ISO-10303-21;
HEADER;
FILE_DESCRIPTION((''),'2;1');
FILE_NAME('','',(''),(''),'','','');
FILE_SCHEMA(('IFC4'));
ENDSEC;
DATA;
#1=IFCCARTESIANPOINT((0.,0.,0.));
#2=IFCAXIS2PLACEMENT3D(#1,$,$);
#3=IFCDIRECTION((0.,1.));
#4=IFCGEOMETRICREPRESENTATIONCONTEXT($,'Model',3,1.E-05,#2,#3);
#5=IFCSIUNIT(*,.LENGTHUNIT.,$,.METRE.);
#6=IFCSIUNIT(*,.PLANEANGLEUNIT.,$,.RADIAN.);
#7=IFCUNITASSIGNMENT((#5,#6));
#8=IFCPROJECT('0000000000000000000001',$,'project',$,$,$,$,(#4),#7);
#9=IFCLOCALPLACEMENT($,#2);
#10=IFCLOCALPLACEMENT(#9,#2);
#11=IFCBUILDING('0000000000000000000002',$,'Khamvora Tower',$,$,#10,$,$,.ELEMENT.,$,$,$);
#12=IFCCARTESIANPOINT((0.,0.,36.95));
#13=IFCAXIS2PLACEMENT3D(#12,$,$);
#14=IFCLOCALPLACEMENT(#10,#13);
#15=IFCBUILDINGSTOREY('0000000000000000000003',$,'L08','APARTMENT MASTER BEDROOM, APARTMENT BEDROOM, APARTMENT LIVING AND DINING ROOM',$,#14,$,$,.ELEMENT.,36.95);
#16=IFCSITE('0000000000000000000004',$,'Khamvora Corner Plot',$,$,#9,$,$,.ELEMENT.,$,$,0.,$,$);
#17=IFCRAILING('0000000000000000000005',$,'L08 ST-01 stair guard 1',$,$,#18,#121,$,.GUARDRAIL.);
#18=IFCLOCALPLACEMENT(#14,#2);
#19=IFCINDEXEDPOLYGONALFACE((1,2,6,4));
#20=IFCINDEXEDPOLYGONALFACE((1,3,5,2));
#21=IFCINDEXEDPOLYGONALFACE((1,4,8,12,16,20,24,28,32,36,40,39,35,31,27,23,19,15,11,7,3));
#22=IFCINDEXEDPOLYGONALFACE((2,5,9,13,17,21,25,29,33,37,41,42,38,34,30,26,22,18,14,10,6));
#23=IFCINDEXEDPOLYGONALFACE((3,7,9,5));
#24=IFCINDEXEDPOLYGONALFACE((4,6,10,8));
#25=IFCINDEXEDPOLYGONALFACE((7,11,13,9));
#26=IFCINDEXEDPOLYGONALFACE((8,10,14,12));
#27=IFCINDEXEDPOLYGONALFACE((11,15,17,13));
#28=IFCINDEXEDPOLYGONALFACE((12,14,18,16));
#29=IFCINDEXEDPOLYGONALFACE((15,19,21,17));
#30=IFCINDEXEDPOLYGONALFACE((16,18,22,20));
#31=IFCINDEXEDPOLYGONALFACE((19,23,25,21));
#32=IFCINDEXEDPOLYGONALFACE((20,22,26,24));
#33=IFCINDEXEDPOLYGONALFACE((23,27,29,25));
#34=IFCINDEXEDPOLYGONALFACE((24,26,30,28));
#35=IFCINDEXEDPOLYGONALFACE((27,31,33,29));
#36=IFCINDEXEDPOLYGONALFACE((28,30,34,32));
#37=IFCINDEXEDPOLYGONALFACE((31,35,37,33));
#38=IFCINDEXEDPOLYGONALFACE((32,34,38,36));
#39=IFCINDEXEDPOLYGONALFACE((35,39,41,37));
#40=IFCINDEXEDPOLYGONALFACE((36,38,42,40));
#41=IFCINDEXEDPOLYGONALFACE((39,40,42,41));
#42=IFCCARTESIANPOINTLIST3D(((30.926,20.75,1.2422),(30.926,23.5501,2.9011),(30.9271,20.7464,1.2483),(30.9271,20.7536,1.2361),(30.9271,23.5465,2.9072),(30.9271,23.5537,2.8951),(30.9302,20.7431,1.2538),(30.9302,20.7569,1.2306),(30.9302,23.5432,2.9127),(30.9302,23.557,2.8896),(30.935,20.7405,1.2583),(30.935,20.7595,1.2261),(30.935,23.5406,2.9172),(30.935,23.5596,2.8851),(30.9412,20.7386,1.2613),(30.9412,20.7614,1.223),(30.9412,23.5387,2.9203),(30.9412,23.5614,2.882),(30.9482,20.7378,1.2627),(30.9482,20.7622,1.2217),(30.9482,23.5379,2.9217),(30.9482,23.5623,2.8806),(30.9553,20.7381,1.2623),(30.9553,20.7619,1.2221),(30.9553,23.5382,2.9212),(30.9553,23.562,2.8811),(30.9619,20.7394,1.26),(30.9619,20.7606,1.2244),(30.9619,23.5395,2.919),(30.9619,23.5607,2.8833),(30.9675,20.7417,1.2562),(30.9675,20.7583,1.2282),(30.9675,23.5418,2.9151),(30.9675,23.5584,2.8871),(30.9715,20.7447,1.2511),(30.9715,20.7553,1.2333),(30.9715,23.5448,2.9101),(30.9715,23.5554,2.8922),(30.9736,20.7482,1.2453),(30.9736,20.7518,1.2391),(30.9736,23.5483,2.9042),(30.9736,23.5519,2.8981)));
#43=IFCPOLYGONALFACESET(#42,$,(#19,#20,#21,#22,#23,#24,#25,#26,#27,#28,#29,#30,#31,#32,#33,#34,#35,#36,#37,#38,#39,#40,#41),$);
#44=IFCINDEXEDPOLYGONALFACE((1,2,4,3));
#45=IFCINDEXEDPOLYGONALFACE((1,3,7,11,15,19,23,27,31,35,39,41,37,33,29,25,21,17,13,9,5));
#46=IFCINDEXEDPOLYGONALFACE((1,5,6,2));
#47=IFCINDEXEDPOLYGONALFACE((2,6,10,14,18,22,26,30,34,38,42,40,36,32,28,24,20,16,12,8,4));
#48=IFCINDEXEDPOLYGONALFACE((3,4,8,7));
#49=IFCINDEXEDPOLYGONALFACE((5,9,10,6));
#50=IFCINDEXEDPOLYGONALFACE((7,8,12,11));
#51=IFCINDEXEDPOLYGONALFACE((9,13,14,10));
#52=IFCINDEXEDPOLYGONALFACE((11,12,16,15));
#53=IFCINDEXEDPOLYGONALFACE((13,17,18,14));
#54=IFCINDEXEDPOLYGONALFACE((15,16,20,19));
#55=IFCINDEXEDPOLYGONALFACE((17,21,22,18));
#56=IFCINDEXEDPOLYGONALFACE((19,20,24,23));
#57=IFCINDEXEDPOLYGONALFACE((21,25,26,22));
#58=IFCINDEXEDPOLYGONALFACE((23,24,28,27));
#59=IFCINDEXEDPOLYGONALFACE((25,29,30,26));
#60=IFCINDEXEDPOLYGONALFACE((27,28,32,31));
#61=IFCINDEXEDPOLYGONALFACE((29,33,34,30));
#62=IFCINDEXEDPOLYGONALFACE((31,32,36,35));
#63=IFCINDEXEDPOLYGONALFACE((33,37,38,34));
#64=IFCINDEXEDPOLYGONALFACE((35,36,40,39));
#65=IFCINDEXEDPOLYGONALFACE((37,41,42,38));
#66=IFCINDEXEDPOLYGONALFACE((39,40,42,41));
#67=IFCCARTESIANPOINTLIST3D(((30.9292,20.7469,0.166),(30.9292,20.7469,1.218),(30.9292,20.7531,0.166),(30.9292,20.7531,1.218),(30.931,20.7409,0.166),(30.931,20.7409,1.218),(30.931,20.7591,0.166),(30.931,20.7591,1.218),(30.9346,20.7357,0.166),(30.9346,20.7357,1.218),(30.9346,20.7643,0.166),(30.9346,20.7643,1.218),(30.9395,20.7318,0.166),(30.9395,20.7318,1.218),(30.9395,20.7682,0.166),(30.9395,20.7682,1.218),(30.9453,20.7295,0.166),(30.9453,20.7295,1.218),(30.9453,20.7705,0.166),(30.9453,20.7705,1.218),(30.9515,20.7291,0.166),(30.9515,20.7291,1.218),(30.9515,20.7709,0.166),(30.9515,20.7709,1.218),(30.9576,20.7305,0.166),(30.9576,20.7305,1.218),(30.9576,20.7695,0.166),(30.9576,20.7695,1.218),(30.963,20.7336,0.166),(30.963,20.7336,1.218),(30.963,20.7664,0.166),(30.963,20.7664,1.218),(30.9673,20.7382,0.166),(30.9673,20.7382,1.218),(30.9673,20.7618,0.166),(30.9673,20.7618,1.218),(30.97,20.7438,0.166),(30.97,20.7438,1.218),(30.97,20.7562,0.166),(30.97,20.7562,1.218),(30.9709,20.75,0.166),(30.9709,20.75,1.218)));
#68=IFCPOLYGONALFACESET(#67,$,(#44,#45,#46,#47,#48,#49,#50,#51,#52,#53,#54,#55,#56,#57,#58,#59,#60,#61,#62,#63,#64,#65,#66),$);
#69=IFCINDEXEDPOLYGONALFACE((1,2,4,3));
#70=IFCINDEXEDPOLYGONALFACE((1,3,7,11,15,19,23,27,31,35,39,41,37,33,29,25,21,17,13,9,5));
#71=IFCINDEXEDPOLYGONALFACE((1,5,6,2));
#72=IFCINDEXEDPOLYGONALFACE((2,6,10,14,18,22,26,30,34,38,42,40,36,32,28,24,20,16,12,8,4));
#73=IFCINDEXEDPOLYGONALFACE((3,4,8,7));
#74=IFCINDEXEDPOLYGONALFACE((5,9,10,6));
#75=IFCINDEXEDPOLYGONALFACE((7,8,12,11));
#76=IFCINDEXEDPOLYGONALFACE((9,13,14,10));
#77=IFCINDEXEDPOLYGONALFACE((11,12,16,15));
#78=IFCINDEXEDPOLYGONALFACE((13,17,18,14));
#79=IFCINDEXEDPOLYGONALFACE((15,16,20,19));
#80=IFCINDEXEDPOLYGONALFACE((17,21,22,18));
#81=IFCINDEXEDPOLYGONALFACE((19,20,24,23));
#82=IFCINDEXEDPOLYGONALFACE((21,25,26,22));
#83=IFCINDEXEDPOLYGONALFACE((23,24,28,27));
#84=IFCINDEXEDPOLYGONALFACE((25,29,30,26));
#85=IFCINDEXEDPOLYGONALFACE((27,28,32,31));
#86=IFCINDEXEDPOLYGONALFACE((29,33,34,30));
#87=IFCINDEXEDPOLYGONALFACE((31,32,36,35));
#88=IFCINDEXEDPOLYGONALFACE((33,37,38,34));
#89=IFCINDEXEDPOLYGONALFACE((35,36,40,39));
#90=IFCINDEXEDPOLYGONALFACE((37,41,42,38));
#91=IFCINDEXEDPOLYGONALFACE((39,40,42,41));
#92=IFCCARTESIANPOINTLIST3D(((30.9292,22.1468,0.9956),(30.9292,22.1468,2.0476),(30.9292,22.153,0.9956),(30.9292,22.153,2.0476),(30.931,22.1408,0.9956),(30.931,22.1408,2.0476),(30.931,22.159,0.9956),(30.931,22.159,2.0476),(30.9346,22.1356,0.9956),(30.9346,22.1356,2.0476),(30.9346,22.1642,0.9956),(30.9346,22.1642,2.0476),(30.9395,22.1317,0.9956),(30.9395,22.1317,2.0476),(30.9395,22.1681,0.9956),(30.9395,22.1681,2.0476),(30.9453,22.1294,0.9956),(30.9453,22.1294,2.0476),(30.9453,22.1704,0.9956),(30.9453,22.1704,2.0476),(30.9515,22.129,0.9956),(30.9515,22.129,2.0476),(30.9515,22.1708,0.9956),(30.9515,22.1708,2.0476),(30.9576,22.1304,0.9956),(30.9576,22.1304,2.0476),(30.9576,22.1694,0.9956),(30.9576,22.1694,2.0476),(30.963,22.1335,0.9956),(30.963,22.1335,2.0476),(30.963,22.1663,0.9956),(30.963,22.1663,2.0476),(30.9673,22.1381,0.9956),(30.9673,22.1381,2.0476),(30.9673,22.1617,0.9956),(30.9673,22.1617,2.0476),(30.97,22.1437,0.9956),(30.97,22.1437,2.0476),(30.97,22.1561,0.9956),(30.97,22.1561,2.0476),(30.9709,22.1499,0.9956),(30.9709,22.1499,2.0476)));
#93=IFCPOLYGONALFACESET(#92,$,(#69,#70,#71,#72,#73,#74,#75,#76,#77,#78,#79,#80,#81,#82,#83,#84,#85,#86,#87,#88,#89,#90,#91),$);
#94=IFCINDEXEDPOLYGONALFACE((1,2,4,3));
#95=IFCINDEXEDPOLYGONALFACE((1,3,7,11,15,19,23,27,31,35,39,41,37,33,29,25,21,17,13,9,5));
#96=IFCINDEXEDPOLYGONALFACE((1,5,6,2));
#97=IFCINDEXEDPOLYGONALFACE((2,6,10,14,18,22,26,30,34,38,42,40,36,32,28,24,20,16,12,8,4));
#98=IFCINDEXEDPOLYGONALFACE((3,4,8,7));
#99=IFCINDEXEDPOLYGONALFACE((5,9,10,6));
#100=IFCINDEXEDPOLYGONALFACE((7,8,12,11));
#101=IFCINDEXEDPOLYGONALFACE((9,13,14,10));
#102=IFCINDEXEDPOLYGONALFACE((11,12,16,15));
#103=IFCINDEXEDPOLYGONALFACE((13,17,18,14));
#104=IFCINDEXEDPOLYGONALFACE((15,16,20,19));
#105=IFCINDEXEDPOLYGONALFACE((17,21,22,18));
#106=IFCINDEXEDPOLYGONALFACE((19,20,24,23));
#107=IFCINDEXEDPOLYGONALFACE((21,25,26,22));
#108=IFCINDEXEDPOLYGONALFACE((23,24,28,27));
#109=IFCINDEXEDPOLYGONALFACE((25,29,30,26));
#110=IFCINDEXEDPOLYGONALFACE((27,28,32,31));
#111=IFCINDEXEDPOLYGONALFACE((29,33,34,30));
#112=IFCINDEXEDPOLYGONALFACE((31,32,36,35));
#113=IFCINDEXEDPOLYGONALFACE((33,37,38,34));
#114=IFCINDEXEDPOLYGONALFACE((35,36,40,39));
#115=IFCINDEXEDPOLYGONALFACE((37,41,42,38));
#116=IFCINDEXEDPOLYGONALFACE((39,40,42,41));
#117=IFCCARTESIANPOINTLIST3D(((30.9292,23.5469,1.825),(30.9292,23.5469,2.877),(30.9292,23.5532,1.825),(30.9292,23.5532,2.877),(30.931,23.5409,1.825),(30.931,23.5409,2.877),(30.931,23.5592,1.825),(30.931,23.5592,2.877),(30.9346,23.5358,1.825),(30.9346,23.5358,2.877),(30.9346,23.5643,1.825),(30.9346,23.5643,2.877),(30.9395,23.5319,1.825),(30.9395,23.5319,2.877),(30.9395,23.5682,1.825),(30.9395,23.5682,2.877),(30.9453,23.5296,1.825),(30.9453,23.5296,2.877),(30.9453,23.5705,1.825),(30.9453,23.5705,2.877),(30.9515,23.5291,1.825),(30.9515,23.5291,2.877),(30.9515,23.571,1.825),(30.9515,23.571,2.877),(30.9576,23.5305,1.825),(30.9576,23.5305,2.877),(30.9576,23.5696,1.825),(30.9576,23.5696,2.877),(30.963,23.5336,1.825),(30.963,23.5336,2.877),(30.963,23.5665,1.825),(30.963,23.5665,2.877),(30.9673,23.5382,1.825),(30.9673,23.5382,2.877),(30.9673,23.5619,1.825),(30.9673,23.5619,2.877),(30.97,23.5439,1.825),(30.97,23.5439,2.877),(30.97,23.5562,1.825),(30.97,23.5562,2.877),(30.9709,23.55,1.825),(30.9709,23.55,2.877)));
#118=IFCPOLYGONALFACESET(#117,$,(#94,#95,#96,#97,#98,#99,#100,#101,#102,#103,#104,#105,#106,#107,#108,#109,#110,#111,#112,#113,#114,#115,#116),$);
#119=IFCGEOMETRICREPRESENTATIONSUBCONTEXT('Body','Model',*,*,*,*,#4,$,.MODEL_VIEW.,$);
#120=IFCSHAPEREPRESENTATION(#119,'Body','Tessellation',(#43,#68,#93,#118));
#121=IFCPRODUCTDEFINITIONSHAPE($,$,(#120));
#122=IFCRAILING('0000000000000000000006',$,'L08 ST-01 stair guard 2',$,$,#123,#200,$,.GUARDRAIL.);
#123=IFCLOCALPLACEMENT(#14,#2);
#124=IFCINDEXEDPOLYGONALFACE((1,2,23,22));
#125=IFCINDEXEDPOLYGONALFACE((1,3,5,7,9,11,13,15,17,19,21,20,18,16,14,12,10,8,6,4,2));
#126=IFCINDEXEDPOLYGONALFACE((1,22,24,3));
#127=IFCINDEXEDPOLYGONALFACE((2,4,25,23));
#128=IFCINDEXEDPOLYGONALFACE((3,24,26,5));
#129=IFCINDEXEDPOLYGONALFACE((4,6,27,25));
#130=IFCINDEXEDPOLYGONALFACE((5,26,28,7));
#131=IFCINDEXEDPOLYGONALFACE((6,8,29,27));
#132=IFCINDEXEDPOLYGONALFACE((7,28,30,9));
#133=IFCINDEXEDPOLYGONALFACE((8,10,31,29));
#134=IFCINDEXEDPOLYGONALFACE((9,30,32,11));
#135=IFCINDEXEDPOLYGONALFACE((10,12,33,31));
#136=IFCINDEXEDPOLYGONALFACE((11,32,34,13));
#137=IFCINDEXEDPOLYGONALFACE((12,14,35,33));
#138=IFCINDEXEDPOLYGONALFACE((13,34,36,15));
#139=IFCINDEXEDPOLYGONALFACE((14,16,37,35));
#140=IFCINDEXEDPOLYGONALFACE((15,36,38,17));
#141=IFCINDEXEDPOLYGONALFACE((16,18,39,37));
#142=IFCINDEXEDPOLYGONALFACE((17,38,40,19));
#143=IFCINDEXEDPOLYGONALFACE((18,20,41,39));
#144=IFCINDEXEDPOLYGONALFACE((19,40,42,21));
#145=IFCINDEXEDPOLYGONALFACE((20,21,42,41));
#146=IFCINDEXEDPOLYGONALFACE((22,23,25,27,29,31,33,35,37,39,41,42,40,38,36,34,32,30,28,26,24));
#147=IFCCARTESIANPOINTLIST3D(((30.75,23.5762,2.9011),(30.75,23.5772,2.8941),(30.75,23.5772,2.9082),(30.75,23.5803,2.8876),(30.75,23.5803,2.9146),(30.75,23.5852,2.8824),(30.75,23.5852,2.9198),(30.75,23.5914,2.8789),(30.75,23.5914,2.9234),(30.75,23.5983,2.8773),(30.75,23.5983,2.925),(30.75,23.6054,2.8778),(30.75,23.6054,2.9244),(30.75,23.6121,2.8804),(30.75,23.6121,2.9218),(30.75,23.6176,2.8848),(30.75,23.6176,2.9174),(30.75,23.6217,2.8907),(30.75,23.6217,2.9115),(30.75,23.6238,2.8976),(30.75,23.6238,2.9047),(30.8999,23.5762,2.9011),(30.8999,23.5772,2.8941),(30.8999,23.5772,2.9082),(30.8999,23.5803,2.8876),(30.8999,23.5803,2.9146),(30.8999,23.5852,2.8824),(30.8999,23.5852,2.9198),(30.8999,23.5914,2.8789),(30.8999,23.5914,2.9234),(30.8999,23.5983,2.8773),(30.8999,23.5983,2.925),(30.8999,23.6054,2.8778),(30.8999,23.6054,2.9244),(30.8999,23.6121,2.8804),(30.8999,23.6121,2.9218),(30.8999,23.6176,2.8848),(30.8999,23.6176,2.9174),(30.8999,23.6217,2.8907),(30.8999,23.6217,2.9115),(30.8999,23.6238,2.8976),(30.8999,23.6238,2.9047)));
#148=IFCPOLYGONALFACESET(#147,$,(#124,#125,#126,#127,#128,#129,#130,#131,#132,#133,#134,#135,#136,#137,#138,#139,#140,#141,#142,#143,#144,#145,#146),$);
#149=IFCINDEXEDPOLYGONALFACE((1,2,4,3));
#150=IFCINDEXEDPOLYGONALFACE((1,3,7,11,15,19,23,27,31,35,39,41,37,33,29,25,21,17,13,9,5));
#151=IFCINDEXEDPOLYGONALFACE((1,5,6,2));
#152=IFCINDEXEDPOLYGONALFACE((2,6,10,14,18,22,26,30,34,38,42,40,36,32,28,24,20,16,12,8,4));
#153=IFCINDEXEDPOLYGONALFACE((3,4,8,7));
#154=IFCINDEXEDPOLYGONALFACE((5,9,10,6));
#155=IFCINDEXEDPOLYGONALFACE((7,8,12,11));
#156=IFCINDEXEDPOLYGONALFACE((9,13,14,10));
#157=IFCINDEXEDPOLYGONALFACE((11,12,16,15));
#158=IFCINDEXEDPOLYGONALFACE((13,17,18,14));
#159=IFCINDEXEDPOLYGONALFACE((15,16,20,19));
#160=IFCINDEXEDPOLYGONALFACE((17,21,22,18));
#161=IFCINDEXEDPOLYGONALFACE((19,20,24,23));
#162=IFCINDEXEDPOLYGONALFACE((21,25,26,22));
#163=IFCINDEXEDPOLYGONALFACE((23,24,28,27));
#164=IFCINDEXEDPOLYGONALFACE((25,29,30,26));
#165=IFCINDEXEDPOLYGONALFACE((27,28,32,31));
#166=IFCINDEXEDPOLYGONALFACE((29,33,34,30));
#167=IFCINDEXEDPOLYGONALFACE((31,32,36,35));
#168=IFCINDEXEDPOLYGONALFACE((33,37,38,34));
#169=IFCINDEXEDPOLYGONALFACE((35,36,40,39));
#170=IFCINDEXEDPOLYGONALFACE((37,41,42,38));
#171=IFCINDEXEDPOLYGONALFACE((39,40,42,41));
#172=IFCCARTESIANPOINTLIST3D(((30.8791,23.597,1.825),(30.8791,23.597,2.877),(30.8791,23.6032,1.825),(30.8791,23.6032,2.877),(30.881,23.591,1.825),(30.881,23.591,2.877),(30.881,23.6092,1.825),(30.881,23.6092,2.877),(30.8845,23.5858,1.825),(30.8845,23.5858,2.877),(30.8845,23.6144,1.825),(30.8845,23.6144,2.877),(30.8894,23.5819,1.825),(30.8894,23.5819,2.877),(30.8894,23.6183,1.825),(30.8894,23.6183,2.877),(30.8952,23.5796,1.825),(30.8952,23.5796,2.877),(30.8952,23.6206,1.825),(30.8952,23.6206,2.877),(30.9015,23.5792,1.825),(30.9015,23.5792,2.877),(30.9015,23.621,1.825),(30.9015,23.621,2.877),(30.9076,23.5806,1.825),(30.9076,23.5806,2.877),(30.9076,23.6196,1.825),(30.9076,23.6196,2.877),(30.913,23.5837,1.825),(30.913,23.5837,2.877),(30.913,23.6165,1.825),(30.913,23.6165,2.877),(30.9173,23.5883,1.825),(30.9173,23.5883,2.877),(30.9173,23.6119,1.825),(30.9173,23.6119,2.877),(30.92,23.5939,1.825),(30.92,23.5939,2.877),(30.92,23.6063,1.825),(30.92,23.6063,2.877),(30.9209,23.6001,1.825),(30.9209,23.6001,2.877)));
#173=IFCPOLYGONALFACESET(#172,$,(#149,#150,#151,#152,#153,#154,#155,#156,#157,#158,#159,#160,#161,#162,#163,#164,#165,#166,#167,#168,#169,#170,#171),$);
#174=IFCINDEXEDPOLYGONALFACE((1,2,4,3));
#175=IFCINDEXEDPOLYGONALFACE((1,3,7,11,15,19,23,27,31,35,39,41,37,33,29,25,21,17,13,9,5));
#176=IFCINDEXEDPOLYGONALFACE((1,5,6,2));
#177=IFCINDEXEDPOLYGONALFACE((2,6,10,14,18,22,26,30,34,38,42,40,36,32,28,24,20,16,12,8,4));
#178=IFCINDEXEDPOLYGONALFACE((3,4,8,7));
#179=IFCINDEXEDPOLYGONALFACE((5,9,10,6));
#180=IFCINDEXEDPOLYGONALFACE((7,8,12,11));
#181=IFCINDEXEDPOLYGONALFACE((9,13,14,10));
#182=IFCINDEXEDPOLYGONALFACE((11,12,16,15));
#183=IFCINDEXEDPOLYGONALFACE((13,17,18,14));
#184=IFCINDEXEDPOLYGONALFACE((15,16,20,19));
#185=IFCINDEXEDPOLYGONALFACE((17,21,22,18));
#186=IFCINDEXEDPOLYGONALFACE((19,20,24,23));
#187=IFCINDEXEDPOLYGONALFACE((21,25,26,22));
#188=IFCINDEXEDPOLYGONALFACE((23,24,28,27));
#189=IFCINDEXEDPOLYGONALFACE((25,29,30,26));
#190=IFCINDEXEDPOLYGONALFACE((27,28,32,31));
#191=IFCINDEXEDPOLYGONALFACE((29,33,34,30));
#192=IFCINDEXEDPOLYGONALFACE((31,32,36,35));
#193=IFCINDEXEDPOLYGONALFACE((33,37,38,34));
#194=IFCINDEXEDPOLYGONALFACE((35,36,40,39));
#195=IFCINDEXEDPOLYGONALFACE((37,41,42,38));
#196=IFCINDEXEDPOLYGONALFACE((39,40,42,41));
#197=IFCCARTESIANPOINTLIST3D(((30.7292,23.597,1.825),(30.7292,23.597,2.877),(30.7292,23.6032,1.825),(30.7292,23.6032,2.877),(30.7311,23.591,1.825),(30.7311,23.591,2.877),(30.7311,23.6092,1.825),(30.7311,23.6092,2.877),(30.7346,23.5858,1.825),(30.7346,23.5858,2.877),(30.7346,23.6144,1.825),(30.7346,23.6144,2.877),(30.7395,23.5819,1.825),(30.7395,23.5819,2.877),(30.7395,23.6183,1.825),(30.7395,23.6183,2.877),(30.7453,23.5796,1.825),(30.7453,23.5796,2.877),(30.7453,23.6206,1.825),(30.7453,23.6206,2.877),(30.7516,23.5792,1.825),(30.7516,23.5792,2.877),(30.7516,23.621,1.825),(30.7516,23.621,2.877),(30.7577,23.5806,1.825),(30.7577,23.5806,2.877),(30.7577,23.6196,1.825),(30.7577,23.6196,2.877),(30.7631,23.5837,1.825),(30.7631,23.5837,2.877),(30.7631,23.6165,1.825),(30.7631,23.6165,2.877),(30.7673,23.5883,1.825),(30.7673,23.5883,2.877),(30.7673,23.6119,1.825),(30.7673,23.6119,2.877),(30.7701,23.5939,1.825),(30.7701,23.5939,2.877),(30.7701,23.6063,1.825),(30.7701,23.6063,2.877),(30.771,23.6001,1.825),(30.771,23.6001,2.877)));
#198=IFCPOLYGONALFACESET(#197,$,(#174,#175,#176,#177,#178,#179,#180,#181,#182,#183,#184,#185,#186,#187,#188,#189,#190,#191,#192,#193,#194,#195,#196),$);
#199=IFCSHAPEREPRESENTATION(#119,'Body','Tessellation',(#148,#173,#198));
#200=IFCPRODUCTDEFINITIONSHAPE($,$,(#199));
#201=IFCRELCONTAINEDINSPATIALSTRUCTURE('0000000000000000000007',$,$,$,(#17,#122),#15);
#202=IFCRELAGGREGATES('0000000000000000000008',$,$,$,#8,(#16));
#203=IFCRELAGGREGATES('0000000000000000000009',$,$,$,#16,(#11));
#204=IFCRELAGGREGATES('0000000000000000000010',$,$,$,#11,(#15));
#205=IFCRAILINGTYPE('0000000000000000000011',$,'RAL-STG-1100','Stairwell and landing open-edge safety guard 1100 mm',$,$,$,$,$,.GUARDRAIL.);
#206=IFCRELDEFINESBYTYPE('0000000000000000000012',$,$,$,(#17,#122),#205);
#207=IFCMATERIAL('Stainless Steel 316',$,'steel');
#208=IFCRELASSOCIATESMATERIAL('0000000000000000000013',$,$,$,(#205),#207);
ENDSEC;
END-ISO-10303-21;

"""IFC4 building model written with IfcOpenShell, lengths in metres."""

from ifc_helpers import new_model, si_unit, direction, frame, origin, origin_2d, place, context, subcontext, project, spatial, circle, extrude, material, type_object, element, save


model = new_model("IFC4")

# Units and contexts
model_context = context("Model", 3, precision=1e-05, world=origin(), true_north=direction((0.0, 1.0)))
body_context = subcontext(model_context, "Body", "Model", "MODEL_VIEW")
ifc_project = project(units=[si_unit("LENGTHUNIT", "METRE"), si_unit("PLANEANGLEUNIT", "RADIAN")], contexts=[model_context])

# Site, building, storey
site_placement = place(None, origin())
site = spatial("IfcSite", under=ifc_project, at=site_placement, Name="Khamvora Corner Plot", CompositionType="ELEMENT", RefElevation=0.0)
building_placement = place(site_placement, origin())
building = spatial("IfcBuilding", under=site, at=building_placement, Name="Khamvora Tower", CompositionType="ELEMENT")
storey_placement = place(building_placement, frame((0.0, 0.0, 36.95)))
storey = spatial("IfcBuildingStorey", under=building, at=storey_placement, Name="L08", Description="APARTMENT MASTER BEDROOM, APARTMENT BEDROOM, APARTMENT LIVING AND DINING ROOM", CompositionType="ELEMENT", Elevation=36.95)

# Railings
ifc_material_1 = material(Name="Stainless Steel 316", Category="steel")
railing_type_1 = type_object("IfcRailingType", Name="RAL-STG-1100", Description="Stairwell and landing open-edge safety guard 1100 mm", PredefinedType="GUARDRAIL", material=ifc_material_1)
railing_1_placement = place(storey_placement, frame((30.95, 20.75, 0.166)))
element("IfcRailing", 1, at=railing_1_placement, inside=storey, type_object=railing_type_1, Name="L08 ST-01 stair guard 1", PredefinedType="GUARDRAIL", context=body_context, shape_type="SweptSolid", body=[
    extrude(circle(Radius=0.0239, at=origin_2d()), frame((0.0, 0.0, 1.0762), z_axis=(0.0, 0.860339, 0.509722), x_axis=(-1.0, 0.0, 0.0)), (0.0, 0.0, 1.0), 3.2546),
    extrude(circle(Radius=0.021, at=origin_2d()), origin(), (0.0, 0.0, 1.0), 1.052),
    extrude(circle(Radius=0.021, at=origin_2d()), frame((0.0, 1.3999, 0.8296)), (0.0, 0.0, 1.0), 1.052),
    extrude(circle(Radius=0.021, at=origin_2d()), frame((0.0, 2.8, 1.6589)), (0.0, 0.0, 1.0), 1.052),
])
railing_2_placement = place(storey_placement, frame((30.8999, 23.6001, 1.825)))
element("IfcRailing", 2, at=railing_2_placement, inside=storey, type_object=railing_type_1, Name="L08 ST-01 stair guard 2", PredefinedType="GUARDRAIL", context=body_context, shape_type="SweptSolid", body=[
    extrude(circle(Radius=0.0239, at=origin_2d()), frame((0.0, 0.0, 1.0762), z_axis=(-1.0, 0.0, 0.0), x_axis=(0.0, -1.0, 0.0)), (0.0, 0.0, 1.0), 0.1499),
    extrude(circle(Radius=0.021, at=origin_2d()), origin(), (0.0, 0.0, 1.0), 1.052),
    extrude(circle(Radius=0.021, at=origin_2d()), frame((-0.1499, 0.0, 0.0)), (0.0, 0.0, 1.0), 1.052),
])

save(model, "model.ifc")
